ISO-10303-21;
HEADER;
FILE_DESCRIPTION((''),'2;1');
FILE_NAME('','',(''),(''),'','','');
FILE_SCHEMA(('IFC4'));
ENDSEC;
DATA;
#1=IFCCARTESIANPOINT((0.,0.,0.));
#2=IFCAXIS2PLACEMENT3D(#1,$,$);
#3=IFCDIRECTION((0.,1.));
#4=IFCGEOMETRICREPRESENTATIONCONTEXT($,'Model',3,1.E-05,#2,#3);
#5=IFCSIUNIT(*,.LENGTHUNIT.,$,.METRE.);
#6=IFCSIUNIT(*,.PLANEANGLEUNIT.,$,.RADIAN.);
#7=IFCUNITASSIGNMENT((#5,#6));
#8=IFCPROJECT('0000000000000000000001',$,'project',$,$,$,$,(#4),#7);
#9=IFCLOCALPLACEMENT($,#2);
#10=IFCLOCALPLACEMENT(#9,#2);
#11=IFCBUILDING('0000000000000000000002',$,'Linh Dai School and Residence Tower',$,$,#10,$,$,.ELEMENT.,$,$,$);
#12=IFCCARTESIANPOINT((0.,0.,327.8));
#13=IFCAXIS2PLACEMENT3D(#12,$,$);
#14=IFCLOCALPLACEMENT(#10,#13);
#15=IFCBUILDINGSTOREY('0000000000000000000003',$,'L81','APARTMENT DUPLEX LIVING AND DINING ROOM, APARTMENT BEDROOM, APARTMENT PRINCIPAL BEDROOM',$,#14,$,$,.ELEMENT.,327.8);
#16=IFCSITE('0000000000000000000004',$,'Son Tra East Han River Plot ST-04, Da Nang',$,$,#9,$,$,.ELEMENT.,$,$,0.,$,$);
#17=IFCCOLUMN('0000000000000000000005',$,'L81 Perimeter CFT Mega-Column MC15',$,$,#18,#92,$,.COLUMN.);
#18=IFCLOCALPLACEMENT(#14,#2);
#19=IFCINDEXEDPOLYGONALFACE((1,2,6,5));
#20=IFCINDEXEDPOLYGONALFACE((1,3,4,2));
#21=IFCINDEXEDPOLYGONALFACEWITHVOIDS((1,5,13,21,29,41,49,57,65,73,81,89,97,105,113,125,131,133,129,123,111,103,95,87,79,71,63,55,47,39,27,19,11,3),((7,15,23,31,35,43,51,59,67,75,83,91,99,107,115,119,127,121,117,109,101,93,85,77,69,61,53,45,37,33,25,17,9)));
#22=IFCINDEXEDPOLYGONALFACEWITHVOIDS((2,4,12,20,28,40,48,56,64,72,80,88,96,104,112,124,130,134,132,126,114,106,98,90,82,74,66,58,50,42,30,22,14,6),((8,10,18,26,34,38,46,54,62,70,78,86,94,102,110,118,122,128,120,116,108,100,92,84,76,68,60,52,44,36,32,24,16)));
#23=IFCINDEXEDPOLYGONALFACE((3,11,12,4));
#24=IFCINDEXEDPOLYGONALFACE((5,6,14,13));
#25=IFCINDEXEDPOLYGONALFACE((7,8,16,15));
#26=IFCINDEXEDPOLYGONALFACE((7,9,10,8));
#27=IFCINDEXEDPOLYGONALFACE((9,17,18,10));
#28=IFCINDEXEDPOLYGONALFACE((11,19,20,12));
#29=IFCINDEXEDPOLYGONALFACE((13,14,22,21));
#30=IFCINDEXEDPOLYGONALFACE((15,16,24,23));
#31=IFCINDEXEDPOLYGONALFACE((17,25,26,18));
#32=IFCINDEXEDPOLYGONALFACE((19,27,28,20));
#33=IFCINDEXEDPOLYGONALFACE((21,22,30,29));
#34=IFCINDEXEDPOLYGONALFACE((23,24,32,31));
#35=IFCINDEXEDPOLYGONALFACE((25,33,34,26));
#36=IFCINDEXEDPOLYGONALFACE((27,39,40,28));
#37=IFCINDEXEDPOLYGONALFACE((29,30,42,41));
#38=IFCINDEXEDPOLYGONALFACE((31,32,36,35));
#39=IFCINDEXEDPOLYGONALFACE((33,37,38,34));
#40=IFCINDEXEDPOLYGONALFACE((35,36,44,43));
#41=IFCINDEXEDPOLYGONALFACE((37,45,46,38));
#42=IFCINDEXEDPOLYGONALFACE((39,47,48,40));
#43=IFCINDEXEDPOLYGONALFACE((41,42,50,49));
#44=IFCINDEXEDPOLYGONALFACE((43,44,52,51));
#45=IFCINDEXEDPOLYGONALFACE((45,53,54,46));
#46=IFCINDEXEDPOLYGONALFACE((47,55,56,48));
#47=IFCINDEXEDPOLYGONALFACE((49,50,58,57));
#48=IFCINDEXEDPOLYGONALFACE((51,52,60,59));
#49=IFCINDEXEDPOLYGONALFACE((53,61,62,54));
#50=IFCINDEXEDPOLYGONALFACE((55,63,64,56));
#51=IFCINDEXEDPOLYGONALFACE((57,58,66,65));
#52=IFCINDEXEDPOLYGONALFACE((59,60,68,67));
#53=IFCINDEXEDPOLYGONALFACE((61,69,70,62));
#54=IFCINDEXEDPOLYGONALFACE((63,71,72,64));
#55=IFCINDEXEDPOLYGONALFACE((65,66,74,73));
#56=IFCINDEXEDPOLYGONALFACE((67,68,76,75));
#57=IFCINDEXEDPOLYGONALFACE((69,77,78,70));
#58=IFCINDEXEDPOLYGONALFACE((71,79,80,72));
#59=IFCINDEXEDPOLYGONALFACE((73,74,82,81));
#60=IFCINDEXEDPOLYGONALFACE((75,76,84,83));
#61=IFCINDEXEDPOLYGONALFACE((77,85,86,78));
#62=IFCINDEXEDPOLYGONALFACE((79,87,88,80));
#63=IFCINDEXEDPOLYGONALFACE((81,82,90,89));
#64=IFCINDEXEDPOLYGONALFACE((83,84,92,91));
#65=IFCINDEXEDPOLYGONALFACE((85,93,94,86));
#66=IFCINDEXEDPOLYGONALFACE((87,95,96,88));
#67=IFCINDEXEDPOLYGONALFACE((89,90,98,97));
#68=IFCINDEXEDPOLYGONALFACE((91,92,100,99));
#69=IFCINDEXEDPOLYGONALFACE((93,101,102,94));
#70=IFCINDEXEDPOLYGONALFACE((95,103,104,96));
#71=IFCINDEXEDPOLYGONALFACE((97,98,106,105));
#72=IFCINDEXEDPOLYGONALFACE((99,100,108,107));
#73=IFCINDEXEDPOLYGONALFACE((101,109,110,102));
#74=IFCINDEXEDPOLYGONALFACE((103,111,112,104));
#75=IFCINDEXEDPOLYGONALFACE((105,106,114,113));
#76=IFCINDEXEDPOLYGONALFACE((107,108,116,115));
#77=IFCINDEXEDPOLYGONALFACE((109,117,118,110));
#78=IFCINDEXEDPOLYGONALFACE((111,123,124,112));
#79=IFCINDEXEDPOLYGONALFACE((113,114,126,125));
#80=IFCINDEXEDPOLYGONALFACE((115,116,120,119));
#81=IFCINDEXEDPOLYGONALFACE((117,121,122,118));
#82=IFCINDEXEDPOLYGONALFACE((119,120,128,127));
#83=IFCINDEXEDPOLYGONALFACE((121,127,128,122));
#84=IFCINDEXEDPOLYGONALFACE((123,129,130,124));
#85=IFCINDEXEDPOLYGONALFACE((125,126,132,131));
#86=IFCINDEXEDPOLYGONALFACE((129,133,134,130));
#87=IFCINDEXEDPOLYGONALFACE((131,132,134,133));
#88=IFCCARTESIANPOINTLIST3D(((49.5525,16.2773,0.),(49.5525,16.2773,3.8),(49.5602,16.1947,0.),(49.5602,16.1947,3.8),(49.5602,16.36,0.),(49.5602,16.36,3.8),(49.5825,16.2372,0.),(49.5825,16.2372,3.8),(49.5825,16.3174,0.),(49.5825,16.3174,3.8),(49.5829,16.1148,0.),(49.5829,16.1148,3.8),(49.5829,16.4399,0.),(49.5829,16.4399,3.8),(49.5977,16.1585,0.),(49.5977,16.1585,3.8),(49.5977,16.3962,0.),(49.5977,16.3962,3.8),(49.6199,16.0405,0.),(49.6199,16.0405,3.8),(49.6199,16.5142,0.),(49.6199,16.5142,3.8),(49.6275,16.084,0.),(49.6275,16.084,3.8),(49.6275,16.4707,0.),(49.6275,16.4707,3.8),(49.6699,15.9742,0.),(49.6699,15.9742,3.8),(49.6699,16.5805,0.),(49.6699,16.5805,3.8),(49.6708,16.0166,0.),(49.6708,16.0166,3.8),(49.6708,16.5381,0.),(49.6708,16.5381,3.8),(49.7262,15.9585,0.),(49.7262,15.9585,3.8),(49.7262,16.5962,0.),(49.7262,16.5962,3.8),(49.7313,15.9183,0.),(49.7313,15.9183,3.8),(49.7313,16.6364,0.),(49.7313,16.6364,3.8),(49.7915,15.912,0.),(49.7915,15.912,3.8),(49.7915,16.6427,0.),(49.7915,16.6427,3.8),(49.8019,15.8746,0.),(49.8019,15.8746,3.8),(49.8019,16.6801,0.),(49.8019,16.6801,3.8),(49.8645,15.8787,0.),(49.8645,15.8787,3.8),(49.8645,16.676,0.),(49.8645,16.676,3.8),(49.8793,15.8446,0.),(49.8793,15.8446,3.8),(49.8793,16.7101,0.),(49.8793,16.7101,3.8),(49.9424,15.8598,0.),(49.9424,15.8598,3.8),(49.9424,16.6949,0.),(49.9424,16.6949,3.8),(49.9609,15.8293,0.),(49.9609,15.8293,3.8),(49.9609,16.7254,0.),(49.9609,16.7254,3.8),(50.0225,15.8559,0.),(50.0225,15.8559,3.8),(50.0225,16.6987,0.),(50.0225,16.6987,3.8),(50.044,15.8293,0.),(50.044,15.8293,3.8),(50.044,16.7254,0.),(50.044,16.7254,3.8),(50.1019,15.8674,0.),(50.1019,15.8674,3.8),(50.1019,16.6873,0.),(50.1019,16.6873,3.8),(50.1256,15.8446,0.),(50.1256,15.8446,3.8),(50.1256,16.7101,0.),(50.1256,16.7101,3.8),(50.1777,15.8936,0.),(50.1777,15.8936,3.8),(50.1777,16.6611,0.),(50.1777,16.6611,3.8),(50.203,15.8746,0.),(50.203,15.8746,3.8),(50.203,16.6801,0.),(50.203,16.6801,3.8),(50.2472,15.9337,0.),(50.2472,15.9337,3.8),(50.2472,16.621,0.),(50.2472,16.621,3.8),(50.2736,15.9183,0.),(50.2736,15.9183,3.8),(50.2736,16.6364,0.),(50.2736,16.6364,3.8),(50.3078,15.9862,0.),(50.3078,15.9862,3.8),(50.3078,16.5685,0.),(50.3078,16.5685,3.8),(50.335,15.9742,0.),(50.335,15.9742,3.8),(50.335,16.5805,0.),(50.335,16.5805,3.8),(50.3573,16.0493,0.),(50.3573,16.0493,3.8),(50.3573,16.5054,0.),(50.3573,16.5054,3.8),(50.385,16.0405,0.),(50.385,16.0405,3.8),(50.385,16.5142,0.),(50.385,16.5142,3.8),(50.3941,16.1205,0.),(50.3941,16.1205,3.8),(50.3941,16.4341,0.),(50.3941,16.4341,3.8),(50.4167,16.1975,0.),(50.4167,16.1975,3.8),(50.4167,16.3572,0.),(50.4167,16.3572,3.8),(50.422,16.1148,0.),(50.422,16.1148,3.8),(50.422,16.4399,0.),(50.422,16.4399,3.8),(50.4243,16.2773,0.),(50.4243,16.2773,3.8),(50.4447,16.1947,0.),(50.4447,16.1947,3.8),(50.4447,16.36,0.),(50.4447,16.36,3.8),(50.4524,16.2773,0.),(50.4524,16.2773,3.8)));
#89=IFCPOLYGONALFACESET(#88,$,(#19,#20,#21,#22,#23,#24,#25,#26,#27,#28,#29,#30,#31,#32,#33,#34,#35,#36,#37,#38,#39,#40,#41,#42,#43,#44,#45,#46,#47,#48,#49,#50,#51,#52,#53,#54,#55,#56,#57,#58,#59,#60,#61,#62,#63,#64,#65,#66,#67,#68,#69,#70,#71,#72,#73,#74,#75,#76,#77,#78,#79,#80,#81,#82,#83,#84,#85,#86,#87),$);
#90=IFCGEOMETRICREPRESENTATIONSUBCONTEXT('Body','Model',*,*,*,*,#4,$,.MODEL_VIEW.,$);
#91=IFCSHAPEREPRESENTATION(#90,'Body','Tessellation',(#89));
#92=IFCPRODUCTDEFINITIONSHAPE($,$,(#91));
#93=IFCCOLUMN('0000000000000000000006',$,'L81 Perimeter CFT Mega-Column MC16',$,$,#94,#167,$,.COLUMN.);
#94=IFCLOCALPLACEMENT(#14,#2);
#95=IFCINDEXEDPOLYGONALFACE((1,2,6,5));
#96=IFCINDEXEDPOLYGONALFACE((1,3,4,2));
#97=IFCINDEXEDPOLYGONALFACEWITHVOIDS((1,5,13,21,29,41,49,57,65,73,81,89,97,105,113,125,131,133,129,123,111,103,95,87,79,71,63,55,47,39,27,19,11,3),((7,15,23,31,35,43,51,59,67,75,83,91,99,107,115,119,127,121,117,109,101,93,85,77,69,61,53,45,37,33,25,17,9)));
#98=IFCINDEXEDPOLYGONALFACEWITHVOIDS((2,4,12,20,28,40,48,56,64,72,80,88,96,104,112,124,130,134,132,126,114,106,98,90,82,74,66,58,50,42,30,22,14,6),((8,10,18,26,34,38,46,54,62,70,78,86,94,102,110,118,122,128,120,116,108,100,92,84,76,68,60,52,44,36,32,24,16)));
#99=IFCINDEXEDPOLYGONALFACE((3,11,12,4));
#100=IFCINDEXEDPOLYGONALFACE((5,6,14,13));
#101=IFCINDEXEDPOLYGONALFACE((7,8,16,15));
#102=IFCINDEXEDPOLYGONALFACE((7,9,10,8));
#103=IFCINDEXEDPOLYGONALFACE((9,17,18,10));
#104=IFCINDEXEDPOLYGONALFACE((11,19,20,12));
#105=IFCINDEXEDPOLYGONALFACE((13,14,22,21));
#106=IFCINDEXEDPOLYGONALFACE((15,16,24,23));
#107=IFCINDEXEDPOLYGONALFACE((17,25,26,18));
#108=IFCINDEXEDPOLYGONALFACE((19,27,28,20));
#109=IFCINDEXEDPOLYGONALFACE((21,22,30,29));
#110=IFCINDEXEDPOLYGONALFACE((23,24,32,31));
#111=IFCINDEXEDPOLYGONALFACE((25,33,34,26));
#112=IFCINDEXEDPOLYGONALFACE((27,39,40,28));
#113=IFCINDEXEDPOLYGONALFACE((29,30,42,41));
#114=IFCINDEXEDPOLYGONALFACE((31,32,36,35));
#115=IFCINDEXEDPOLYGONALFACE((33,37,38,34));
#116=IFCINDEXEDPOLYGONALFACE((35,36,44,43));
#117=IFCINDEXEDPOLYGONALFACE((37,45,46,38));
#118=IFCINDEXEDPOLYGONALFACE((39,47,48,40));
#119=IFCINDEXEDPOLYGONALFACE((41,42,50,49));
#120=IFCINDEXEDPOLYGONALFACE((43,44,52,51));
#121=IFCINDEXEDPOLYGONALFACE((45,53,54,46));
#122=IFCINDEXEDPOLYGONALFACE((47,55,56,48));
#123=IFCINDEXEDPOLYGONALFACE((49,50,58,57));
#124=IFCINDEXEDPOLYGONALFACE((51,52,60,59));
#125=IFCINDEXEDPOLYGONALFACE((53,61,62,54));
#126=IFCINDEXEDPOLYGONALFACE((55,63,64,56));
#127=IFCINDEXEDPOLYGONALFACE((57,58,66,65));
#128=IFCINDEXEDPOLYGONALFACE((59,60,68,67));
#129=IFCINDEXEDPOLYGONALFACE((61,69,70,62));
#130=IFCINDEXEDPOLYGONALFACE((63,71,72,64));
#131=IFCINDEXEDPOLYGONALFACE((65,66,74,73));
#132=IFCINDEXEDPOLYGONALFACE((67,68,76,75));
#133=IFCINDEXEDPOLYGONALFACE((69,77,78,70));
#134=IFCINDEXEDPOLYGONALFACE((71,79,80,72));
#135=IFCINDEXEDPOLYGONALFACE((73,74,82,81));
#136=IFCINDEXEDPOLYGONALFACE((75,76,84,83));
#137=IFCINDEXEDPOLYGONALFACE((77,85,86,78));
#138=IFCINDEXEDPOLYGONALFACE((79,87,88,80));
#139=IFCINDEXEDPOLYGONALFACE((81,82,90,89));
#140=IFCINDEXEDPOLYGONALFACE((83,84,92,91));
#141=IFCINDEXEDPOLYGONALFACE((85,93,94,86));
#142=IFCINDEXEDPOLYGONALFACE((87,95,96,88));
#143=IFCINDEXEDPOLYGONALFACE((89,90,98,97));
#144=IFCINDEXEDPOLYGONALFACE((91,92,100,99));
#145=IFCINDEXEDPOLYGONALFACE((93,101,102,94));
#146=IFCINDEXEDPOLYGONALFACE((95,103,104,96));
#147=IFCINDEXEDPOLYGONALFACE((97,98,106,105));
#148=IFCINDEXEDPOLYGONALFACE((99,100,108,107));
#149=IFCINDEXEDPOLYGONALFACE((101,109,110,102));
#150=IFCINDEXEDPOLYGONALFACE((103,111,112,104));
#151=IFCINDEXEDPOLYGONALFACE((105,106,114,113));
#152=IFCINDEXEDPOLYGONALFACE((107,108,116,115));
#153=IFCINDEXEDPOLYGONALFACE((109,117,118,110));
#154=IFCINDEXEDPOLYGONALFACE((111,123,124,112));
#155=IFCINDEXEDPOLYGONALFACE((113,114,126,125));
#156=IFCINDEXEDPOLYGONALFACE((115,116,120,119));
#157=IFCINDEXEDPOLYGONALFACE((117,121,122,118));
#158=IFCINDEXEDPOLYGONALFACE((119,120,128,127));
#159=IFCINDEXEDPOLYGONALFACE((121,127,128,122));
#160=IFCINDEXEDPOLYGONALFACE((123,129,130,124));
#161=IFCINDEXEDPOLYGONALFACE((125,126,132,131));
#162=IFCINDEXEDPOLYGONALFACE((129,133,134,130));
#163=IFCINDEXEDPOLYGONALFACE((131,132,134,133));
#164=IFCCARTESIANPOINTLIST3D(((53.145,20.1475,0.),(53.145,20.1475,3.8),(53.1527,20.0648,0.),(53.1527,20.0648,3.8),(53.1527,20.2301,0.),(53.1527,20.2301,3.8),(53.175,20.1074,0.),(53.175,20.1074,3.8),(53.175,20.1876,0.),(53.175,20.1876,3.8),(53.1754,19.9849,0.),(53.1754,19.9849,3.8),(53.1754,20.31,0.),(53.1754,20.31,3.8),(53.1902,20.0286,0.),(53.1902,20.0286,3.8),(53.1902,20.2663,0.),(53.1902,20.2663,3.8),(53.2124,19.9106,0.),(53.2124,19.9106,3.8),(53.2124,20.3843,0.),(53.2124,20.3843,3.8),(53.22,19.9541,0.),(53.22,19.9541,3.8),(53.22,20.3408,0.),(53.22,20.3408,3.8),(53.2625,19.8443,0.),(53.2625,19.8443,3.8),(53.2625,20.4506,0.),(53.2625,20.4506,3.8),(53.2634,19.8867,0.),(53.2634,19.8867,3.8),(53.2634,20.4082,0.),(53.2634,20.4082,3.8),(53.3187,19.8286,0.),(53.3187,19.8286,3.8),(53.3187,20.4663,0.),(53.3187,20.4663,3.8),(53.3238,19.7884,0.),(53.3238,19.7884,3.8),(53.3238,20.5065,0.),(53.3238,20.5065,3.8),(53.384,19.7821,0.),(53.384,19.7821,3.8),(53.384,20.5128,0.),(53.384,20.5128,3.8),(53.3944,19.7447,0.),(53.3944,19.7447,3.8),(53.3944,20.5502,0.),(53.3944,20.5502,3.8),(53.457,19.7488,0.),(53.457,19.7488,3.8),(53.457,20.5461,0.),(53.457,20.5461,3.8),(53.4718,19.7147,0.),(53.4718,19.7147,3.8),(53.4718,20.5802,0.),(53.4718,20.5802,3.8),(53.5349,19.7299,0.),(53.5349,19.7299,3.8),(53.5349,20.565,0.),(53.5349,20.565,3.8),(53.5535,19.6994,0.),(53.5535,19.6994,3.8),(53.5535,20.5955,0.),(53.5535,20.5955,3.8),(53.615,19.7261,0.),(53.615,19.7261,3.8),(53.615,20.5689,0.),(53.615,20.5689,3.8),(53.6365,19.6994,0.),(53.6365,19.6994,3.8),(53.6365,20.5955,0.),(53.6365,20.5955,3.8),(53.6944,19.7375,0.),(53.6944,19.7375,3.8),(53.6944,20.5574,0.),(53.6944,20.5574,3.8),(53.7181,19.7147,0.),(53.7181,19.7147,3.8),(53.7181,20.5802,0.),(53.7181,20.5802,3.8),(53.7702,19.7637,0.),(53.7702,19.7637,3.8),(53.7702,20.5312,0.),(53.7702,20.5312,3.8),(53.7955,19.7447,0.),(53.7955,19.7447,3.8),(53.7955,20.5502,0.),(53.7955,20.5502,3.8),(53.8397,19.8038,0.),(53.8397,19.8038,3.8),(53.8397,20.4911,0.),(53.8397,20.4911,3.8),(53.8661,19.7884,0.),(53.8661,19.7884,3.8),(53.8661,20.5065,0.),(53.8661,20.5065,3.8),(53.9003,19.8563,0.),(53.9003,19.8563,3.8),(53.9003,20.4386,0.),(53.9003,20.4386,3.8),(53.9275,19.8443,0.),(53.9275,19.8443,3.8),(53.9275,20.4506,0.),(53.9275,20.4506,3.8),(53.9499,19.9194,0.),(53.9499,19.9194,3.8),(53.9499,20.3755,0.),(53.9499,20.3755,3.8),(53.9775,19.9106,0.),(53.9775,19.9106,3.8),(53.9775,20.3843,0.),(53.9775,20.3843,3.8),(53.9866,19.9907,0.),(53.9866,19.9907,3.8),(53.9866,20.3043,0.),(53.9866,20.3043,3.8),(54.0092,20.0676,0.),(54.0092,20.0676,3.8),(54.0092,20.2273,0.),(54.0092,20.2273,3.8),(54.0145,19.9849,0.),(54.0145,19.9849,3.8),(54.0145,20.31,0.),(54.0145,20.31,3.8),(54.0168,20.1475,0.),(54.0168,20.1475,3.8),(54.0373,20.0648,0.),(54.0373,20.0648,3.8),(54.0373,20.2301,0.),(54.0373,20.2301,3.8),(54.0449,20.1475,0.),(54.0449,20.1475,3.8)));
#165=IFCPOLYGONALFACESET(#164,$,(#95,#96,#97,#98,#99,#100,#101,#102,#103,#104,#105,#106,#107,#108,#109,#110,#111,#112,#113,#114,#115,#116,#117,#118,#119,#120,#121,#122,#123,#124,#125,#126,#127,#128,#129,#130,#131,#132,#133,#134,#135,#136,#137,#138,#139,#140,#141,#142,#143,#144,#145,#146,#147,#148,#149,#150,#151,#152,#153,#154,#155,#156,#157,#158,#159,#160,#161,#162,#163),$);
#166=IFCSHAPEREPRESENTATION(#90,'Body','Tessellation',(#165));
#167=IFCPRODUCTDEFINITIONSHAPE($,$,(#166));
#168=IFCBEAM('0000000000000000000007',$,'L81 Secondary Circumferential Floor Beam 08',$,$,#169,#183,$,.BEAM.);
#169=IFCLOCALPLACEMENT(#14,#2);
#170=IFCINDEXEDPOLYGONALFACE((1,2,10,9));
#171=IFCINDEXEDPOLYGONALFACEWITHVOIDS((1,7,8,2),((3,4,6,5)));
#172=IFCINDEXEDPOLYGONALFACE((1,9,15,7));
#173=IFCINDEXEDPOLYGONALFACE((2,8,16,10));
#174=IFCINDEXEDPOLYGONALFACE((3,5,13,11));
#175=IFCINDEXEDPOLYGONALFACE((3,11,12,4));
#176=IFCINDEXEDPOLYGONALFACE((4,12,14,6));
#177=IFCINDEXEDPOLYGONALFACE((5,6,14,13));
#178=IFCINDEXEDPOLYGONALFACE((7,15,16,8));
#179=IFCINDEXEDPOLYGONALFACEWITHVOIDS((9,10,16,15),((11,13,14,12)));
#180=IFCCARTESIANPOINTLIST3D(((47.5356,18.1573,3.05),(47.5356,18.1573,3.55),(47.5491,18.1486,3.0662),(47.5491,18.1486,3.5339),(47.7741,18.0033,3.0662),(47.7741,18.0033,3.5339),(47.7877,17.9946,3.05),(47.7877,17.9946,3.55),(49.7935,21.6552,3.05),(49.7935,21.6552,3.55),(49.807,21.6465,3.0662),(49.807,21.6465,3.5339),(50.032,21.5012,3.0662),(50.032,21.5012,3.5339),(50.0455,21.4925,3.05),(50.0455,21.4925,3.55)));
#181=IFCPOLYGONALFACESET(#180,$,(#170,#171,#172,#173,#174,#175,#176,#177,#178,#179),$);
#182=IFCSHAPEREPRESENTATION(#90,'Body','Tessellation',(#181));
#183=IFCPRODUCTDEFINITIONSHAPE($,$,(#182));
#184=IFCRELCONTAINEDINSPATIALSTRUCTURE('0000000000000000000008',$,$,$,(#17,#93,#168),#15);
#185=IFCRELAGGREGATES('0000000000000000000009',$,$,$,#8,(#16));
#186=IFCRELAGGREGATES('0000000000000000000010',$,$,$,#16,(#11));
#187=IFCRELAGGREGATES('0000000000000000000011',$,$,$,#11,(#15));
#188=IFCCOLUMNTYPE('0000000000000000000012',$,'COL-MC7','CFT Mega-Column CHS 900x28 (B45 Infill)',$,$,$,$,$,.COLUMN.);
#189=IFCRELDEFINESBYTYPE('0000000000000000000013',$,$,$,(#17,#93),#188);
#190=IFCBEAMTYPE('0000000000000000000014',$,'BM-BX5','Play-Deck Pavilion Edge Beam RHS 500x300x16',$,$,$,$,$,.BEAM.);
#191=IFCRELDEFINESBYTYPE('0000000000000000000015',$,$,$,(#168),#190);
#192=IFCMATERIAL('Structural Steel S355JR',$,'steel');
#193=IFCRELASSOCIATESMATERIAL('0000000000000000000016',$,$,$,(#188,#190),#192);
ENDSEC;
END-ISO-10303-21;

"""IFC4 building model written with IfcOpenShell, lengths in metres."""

from ifc_helpers import new_model, si_unit, direction, frame, origin, origin_2d, place, context, subcontext, project, spatial, hollow_rectangle, hollow_circle, extrude, material, material_profile, profile_set, type_object, element, save


model = new_model("IFC4")

# Units and contexts
model_context = context("Model", 3, precision=1e-05, world=origin(), true_north=direction((0.0, 1.0)))
body_context = subcontext(model_context, "Body", "Model", "MODEL_VIEW")
ifc_project = project(units=[si_unit("LENGTHUNIT", "METRE"), si_unit("PLANEANGLEUNIT", "RADIAN")], contexts=[model_context])

# Site, building, storey
site_placement = place(None, origin())
site = spatial("IfcSite", under=ifc_project, at=site_placement, Name="Son Tra East Han River Plot ST-04, Da Nang", CompositionType="ELEMENT", RefElevation=0.0)
building_placement = place(site_placement, origin())
building = spatial("IfcBuilding", under=site, at=building_placement, Name="Linh Dai School and Residence Tower", CompositionType="ELEMENT")
storey_placement = place(building_placement, frame((0.0, 0.0, 327.8)))
storey = spatial("IfcBuildingStorey", under=building, at=storey_placement, Name="L81", Description="APARTMENT DUPLEX LIVING AND DINING ROOM, APARTMENT BEDROOM, APARTMENT PRINCIPAL BEDROOM", CompositionType="ELEMENT", Elevation=327.8)

# Columns
ifc_material_1 = material(Name="Structural Steel S355JR", Category="steel")
ifc_material_profile_1 = material_profile(ifc_material_1, hollow_circle(Radius=0.45, WallThickness=0.0281, at=origin_2d()), Name="CHS 900x28")
ifc_profile_set_1 = profile_set([ifc_material_profile_1], Name="Structural Steel S355JR")
column_type = type_object("IfcColumnType", Name="COL-MC7", Description="CFT Mega-Column CHS 900x28 (B45 Infill)", PredefinedType="COLUMN", material=ifc_profile_set_1)
for number, where, z_axis, x_axis, name in (
    (1, (50.0024, 16.2773, 0.0), (0.0, 0.0, 1.0), (1.0, 0.0, 0.0), "L81 Perimeter CFT Mega-Column MC15"),
    (2, (53.595, 20.1475, 0.0), (0.0, 0.0, 1.0), (1.0, 0.0, 0.0), "L81 Perimeter CFT Mega-Column MC16"),
):
    element("IfcColumn", number, at=place(storey_placement, frame(where, z_axis=z_axis, x_axis=x_axis)), inside=storey, type_object=column_type, Name=name, PredefinedType="COLUMN", context=body_context, shape_type="SweptSolid", body=[
        extrude(hollow_circle(Radius=0.45, WallThickness=0.0281, at=origin_2d()), origin(), (0.0, 0.0, 1.0), 3.8),
    ])

# Beam
ifc_material_profile_2 = material_profile(ifc_material_1, hollow_rectangle(XDim=0.3, YDim=0.5, WallThickness=0.0161, at=origin_2d()), Name="RHS 500x300x16")
ifc_profile_set_2 = profile_set([ifc_material_profile_2], Name="Structural Steel S355JR")
beam_type_1 = type_object("IfcBeamType", Name="BM-BX5", Description="Play-Deck Pavilion Edge Beam RHS 500x300x16", PredefinedType="BEAM", material=ifc_profile_set_2)
beam_1_placement = place(storey_placement, frame((47.6616, 18.0759, 3.3), z_axis=(0.542325, 0.840169, 0.0), x_axis=(-0.840169, 0.542325, 0.0)))
element("IfcBeam", 3, at=beam_1_placement, inside=storey, type_object=beam_type_1, Name="L81 Secondary Circumferential Floor Beam 08", PredefinedType="BEAM", context=body_context, shape_type="SweptSolid", body=[
    extrude(hollow_rectangle(XDim=0.3, YDim=0.5, WallThickness=0.0161, at=origin_2d()), origin(), (0.0, 0.0, 1.0), 4.1633),
])

save(model, "model.ifc")
